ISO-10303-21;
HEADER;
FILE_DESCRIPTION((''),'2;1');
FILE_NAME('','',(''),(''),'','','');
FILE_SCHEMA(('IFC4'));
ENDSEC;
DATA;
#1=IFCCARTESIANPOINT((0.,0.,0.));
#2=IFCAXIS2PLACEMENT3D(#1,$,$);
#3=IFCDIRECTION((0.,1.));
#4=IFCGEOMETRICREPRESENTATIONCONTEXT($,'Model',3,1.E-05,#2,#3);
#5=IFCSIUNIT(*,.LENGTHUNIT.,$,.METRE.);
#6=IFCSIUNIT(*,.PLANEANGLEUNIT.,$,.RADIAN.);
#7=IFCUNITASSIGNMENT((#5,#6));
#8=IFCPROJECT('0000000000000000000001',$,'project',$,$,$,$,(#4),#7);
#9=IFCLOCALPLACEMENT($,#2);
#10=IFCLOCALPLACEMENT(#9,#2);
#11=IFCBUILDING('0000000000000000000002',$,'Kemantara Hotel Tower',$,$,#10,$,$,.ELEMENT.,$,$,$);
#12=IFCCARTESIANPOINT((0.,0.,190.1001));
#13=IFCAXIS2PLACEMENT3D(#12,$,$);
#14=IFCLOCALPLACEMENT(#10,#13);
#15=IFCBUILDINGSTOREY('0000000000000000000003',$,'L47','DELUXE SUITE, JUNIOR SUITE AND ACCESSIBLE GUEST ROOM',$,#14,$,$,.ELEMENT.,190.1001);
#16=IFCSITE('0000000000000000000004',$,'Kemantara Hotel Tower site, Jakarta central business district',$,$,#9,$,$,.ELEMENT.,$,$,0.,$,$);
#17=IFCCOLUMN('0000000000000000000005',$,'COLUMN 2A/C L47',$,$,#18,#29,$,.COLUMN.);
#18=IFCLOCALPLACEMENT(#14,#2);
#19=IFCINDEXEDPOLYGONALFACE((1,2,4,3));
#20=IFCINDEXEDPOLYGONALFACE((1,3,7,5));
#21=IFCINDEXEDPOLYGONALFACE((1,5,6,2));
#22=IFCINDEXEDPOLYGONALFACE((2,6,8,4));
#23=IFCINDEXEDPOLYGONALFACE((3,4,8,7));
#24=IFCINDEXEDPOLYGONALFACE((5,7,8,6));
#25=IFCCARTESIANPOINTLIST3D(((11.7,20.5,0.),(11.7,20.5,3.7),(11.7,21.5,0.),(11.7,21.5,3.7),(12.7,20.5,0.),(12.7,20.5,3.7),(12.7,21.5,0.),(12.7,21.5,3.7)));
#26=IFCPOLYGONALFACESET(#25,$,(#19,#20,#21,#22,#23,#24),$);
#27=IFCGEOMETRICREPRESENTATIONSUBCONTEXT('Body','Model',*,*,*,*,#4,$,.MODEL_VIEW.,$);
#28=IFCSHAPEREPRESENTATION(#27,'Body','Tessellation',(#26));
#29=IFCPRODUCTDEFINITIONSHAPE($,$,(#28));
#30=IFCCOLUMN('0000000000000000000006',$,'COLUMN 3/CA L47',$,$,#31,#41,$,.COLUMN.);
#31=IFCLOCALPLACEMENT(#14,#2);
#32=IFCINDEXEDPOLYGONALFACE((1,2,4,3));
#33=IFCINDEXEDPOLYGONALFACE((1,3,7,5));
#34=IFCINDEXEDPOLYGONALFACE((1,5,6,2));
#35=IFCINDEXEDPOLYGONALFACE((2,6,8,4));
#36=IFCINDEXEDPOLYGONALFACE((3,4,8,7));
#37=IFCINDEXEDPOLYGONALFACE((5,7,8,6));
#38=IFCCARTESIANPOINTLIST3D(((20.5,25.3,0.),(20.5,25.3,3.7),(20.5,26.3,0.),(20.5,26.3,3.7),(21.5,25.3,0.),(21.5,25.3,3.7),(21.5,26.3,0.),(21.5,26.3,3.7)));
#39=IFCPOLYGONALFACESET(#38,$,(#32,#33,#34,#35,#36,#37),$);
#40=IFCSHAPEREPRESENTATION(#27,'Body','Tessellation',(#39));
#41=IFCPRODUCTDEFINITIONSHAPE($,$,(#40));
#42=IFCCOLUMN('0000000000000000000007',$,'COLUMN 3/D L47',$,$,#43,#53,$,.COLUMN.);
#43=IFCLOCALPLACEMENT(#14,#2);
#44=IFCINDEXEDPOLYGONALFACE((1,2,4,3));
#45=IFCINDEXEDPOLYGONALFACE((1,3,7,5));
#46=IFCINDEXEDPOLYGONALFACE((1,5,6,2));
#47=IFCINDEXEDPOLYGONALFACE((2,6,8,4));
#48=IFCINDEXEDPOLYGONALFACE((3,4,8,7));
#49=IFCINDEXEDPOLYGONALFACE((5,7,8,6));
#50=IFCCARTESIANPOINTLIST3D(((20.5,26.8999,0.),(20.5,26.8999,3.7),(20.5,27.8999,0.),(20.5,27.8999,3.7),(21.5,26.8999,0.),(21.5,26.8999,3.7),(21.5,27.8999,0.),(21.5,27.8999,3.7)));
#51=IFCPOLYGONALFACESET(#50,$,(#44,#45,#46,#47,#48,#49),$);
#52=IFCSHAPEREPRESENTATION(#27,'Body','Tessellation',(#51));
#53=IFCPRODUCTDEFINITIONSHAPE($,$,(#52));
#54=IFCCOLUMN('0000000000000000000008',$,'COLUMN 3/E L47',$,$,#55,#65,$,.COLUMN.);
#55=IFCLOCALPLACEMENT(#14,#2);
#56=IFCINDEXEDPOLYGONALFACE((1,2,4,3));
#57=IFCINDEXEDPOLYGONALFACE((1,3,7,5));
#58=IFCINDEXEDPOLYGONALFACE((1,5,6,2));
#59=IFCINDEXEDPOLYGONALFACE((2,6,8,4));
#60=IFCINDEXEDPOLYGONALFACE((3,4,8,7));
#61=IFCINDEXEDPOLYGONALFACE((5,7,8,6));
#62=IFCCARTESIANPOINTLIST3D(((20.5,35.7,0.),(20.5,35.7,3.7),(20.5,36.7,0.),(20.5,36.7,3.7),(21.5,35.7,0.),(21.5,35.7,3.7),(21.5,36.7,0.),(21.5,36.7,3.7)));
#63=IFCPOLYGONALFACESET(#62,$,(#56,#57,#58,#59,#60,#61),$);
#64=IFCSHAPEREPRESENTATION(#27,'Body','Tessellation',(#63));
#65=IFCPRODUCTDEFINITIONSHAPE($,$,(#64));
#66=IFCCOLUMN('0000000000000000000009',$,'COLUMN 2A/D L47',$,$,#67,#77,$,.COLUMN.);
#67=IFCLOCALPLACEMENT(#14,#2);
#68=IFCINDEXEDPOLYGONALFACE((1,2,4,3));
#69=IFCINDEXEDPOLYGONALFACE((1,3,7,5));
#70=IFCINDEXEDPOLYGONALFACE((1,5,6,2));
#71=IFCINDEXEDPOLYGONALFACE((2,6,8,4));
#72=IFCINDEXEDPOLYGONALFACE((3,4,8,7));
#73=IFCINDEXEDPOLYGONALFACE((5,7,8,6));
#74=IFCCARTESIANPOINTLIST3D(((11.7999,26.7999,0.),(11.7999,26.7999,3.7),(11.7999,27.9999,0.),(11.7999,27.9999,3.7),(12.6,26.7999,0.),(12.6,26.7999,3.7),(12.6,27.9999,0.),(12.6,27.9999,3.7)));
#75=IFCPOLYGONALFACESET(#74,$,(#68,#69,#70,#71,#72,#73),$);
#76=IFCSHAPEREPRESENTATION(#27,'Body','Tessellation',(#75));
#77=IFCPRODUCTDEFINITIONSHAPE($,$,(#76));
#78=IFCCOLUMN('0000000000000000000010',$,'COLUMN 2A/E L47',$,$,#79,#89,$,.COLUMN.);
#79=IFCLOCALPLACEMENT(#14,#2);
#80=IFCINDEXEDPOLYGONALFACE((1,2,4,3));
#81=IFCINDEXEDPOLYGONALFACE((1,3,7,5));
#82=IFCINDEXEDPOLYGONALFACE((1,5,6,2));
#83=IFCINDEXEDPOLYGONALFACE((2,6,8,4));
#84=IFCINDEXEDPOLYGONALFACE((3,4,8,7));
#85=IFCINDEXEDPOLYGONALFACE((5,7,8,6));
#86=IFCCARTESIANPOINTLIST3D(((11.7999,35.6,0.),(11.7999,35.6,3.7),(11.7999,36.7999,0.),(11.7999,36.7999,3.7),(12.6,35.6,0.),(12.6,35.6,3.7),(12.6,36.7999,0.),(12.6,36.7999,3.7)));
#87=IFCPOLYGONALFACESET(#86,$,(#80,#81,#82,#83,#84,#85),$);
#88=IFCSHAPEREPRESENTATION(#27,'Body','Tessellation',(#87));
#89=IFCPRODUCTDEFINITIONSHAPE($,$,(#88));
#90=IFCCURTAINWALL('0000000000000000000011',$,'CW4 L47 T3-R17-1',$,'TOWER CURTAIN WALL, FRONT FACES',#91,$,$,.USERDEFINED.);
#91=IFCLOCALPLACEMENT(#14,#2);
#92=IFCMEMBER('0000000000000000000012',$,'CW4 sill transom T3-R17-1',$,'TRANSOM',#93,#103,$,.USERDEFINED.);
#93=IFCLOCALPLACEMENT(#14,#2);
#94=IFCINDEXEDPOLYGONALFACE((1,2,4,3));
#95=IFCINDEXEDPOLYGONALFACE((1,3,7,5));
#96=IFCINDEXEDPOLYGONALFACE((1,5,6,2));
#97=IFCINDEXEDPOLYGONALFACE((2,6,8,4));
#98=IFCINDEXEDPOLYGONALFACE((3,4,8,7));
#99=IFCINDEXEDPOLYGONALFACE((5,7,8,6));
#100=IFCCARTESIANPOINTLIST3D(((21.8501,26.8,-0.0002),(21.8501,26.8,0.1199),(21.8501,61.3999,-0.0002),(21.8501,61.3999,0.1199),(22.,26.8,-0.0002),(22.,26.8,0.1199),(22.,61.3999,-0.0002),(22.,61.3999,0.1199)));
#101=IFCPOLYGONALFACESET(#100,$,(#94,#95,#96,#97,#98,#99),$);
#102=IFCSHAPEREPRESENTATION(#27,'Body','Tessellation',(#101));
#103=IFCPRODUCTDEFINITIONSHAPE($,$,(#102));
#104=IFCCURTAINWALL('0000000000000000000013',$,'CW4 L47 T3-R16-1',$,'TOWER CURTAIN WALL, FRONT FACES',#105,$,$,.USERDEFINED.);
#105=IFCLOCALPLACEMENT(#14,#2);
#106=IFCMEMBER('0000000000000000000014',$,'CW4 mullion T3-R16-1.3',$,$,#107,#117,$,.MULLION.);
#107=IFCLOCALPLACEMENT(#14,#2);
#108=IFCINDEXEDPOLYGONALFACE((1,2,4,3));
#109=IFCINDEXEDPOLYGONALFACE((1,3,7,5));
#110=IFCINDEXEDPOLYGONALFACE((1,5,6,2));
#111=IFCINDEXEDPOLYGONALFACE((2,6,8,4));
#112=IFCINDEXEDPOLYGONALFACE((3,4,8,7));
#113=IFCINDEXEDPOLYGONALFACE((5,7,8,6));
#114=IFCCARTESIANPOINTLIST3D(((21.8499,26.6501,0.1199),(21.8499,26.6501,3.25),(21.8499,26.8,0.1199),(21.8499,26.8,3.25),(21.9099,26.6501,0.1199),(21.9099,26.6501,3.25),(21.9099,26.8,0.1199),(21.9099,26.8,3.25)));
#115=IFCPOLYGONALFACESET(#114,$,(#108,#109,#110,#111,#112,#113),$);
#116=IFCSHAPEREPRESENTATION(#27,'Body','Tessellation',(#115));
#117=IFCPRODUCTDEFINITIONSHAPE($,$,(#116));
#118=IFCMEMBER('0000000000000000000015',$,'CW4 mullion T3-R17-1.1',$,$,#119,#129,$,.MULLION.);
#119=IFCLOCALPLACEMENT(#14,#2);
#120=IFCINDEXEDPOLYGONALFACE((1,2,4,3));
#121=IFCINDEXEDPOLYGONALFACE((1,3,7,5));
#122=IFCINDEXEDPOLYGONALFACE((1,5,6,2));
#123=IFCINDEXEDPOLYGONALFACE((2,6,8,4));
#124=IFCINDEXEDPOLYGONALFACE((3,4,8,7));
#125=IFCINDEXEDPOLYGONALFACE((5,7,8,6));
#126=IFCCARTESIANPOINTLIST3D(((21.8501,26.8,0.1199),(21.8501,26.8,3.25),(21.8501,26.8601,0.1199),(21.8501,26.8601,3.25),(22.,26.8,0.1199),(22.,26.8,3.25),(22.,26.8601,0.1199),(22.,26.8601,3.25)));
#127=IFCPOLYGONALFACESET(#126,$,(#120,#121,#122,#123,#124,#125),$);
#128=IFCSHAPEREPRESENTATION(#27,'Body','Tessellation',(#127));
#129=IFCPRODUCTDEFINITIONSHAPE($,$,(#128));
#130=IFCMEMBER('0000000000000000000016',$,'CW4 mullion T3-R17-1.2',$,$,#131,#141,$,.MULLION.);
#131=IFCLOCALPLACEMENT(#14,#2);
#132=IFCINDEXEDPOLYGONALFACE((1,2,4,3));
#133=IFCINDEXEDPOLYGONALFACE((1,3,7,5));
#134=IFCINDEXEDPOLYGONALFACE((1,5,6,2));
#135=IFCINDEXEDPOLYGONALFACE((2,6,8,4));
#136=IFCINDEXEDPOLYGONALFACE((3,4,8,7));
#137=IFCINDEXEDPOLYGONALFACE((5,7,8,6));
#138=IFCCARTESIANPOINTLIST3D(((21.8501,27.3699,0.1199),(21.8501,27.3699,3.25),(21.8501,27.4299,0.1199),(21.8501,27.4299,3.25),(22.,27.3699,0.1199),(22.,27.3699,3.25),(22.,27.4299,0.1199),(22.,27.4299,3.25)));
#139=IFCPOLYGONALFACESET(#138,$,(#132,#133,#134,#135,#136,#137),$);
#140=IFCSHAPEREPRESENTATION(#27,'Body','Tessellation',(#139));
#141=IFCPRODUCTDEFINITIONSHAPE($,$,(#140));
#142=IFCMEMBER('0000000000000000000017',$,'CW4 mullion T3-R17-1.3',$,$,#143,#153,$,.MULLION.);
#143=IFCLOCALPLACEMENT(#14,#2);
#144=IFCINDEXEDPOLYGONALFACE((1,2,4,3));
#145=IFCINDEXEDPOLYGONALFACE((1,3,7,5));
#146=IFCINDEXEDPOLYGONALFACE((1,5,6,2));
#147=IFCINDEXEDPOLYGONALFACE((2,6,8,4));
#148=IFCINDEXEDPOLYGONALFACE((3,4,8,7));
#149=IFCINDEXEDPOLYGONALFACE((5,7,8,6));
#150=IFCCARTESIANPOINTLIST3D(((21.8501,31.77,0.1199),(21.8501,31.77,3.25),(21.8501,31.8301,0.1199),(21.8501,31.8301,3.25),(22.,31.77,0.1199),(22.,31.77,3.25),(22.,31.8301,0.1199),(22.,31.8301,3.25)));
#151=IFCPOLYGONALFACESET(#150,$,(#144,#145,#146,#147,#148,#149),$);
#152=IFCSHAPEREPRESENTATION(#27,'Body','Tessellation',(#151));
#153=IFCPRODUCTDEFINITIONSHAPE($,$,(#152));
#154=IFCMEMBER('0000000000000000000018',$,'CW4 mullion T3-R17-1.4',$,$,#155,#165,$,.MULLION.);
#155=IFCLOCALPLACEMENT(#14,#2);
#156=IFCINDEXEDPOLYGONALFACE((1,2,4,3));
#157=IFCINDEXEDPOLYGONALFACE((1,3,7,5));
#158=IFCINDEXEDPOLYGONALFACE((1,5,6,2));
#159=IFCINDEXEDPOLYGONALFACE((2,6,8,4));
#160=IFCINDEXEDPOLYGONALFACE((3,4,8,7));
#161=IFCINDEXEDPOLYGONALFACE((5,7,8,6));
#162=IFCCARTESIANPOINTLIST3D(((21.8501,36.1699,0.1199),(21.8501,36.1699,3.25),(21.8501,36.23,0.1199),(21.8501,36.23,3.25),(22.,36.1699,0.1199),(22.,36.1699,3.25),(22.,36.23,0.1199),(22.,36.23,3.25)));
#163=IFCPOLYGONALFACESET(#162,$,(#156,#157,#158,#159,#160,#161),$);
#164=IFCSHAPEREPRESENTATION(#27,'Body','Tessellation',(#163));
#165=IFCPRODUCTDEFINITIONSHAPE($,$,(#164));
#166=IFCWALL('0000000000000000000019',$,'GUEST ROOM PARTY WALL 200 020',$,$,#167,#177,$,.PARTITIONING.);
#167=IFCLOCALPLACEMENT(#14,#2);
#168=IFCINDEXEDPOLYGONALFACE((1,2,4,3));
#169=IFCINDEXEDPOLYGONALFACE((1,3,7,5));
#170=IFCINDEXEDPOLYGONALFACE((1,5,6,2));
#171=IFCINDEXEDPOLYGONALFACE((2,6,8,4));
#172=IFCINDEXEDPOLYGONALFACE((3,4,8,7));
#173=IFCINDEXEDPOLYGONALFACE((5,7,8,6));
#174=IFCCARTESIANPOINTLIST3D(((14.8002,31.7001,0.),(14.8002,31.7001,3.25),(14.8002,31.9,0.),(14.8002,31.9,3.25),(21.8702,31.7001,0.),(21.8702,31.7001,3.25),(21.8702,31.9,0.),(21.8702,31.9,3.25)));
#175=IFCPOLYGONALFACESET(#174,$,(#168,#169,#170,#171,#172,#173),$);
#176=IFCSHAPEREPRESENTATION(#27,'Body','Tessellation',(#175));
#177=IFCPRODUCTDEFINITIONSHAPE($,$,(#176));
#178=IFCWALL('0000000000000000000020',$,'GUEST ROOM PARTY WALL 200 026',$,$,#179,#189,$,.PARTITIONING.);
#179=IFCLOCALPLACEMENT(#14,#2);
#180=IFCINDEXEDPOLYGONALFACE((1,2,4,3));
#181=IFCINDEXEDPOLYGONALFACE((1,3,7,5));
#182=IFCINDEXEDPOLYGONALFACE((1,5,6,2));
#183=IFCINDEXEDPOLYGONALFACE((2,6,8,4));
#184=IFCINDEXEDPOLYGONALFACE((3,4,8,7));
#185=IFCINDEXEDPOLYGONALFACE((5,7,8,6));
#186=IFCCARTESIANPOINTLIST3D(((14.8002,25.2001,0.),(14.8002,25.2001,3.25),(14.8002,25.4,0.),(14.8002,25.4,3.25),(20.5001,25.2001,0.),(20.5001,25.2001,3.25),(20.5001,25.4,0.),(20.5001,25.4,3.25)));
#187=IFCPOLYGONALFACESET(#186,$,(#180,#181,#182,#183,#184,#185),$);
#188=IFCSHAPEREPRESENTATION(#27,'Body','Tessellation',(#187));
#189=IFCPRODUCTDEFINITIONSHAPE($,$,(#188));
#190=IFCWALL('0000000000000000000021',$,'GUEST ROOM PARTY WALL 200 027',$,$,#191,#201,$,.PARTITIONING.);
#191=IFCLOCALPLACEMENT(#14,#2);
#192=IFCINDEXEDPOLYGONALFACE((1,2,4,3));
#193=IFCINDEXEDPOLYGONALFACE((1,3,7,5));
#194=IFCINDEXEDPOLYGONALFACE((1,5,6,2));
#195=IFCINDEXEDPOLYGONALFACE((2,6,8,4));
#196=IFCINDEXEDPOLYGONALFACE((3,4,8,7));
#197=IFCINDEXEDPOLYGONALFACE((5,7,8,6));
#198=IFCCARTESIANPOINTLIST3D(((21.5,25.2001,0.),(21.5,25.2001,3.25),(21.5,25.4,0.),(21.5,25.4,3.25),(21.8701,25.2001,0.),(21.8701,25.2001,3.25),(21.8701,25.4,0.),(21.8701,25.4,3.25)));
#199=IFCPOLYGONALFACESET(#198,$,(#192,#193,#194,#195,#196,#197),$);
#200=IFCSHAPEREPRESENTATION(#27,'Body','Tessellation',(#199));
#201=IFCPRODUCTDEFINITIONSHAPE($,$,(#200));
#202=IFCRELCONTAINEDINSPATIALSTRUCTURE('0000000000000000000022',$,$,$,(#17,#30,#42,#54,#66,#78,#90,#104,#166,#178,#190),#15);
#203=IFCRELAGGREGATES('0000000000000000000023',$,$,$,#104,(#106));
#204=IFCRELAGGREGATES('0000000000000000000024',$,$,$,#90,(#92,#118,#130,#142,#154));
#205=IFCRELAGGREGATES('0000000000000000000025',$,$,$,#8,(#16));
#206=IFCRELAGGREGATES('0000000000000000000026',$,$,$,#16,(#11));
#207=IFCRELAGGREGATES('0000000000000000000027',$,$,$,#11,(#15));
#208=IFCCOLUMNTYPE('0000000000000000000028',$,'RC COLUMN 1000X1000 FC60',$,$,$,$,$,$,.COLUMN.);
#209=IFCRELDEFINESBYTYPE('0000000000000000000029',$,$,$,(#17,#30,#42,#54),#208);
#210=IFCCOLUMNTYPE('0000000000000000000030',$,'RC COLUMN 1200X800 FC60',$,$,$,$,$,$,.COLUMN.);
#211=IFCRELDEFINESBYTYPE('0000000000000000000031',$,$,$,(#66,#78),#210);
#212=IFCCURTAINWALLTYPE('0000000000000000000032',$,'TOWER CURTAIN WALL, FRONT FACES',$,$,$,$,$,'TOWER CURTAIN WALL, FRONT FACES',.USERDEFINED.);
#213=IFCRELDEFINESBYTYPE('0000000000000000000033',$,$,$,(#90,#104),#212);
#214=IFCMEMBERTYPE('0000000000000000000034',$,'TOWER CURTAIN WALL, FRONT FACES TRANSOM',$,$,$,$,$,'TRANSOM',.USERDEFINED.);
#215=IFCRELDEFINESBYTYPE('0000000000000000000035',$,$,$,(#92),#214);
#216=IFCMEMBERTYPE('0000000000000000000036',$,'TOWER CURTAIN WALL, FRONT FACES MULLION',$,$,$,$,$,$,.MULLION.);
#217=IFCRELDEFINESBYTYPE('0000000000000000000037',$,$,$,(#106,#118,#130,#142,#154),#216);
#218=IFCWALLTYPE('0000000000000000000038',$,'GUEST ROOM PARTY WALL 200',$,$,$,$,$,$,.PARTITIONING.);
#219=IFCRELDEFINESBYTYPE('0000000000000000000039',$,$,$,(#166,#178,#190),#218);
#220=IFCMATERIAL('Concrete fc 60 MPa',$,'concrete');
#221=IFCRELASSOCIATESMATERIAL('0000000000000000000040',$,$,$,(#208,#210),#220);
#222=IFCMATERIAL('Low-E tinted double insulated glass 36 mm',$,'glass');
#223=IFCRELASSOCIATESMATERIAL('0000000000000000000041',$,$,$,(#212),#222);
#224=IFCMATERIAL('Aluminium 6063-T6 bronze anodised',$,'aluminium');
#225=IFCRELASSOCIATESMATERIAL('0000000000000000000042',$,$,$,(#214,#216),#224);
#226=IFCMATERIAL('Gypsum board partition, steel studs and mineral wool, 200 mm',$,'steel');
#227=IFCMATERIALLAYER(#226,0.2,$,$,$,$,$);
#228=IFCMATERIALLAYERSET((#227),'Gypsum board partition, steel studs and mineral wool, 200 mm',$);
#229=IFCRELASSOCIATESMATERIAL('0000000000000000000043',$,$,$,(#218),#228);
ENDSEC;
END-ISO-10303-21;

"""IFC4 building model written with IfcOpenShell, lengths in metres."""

from ifc_helpers import new_model, si_unit, direction, frame, frame_2d, origin, origin_2d, place, context, subcontext, project, spatial, rectangle, extrude, source, transform, mapped, material, layer, layer_set, material_profile, profile_set, type_object, element, aggregate, save


model = new_model("IFC4")

# Units and contexts
model_context = context("Model", 3, precision=1e-05, world=origin(), true_north=direction((0.0, 1.0)))
body_context = subcontext(model_context, "Body", "Model", "MODEL_VIEW")
ifc_project = project(units=[si_unit("LENGTHUNIT", "METRE"), si_unit("PLANEANGLEUNIT", "RADIAN")], contexts=[model_context])

# Site, building, storey
site_placement = place(None, origin())
site = spatial("IfcSite", under=ifc_project, at=site_placement, Name="Kemantara Hotel Tower site, Jakarta central business district", CompositionType="ELEMENT", RefElevation=0.0)
building_placement = place(site_placement, origin())
building = spatial("IfcBuilding", under=site, at=building_placement, Name="Kemantara Hotel Tower", CompositionType="ELEMENT")
storey_placement = place(building_placement, frame((0.0, 0.0, 190.1001)))
storey = spatial("IfcBuildingStorey", under=building, at=storey_placement, Name="L47", Description="DELUXE SUITE, JUNIOR SUITE AND ACCESSIBLE GUEST ROOM", CompositionType="ELEMENT", Elevation=190.1001)

# Columns
ifc_material_1 = material(Name="Concrete fc 60 MPa", Category="concrete")
ifc_material_profile_1 = material_profile(ifc_material_1, rectangle(XDim=1.0, YDim=1.0, at=origin_2d()), Name="RC 1000X1000")
ifc_profile_set_1 = profile_set([ifc_material_profile_1], Name="Concrete fc 60 MPa")
column_type_1 = type_object("IfcColumnType", Name="RC COLUMN 1000X1000 FC60", PredefinedType="COLUMN", material=ifc_profile_set_1)
for number, where, z_axis, x_axis, name in (
    (1, (12.2, 21.0, 0.0), (0.0, 0.0, 1.0), (1.0, 0.0, 0.0), "COLUMN 2A/C L47"),
    (2, (21.0, 25.8, 0.0), (0.0, 0.0, 1.0), (1.0, 0.0, 0.0), "COLUMN 3/CA L47"),
    (3, (21.0, 27.3999, 0.0), (0.0, 0.0, 1.0), (1.0, 0.0, 0.0), "COLUMN 3/D L47"),
    (4, (21.0, 36.2, 0.0), (0.0, 0.0, 1.0), (1.0, 0.0, 0.0), "COLUMN 3/E L47"),
):
    element("IfcColumn", number, at=place(storey_placement, frame(where, z_axis=z_axis, x_axis=x_axis)), inside=storey, type_object=column_type_1, Name=name, PredefinedType="COLUMN", context=body_context, shape_type="SweptSolid", body=[
        extrude(rectangle(XDim=1.0, YDim=1.0, at=origin_2d()), origin(), (0.0, 0.0, 1.0), 3.7),
    ])
ifc_material_profile_2 = material_profile(ifc_material_1, rectangle(XDim=1.2, YDim=0.8, at=origin_2d()), Name="RC 1200X800")
ifc_profile_set_2 = profile_set([ifc_material_profile_2], Name="Concrete fc 60 MPa")
column_type_2 = type_object("IfcColumnType", Name="RC COLUMN 1200X800 FC60", PredefinedType="COLUMN", material=ifc_profile_set_2)
for number, where, z_axis, x_axis, name in (
    (5, (12.2, 27.3999, 0.0), (0.0, 0.0, 1.0), (0.0, 1.0, 0.0), "COLUMN 2A/D L47"),
    (6, (12.2, 36.2, 0.0), (0.0, 0.0, 1.0), (0.0, 1.0, 0.0), "COLUMN 2A/E L47"),
):
    element("IfcColumn", number, at=place(storey_placement, frame(where, z_axis=z_axis, x_axis=x_axis)), inside=storey, type_object=column_type_2, Name=name, PredefinedType="COLUMN", context=body_context, shape_type="SweptSolid", body=[
        extrude(rectangle(XDim=1.2, YDim=0.8, at=origin_2d()), origin(), (0.0, 0.0, 1.0), 3.7),
    ])

# Curtain walls, members
ifc_material_2 = material(Name="Low-E tinted double insulated glass 36 mm", Category="glass")
curtain_wall_type = type_object("IfcCurtainWallType", Name="TOWER CURTAIN WALL, FRONT FACES", ElementType="TOWER CURTAIN WALL, FRONT FACES", PredefinedType="USERDEFINED", material=ifc_material_2)
curtain_wall_1_placement = place(storey_placement, origin())
curtain_wall_1 = element("IfcCurtainWall", 7, at=curtain_wall_1_placement, inside=storey, type_object=curtain_wall_type, Name="CW4 L47 T3-R17-1", ObjectType="TOWER CURTAIN WALL, FRONT FACES", PredefinedType="USERDEFINED")
ifc_material_3 = material(Name="Aluminium 6063-T6 bronze anodised", Category="aluminium")
ifc_material_profile_3 = material_profile(ifc_material_3, rectangle(XDim=0.1499, YDim=0.1201, at=origin_2d()), Name="TOWER CURTAIN WALL, FRONT FACES TRANSOM")
ifc_profile_set_3 = profile_set([ifc_material_profile_3], Name="Aluminium 6063-T6 bronze anodised")
member_type_1 = type_object("IfcMemberType", Name="TOWER CURTAIN WALL, FRONT FACES TRANSOM", ElementType="TRANSOM", PredefinedType="USERDEFINED", material=ifc_profile_set_3)
member_1_placement = place(storey_placement, frame((21.925, 26.8, 0.0598), z_axis=(0.0, 1.0, 0.0), x_axis=(-1.0, 0.0, 0.0)))
member_1 = element("IfcMember", 8, at=member_1_placement, type_object=member_type_1, Name="CW4 sill transom T3-R17-1", ObjectType="TRANSOM", PredefinedType="USERDEFINED", context=body_context, shape_type="SweptSolid", body=[
    extrude(rectangle(XDim=0.1499, YDim=0.1201, at=origin_2d()), origin(), (0.0, 0.0, 1.0), 34.5999),
])
curtain_wall_2_placement = place(storey_placement, origin())
curtain_wall_2 = element("IfcCurtainWall", 9, at=curtain_wall_2_placement, inside=storey, type_object=curtain_wall_type, Name="CW4 L47 T3-R16-1", ObjectType="TOWER CURTAIN WALL, FRONT FACES", PredefinedType="USERDEFINED")
ifc_material_profile_4 = material_profile(ifc_material_3, rectangle(XDim=0.1499, YDim=0.0601, at=origin_2d()), Name="TOWER CURTAIN WALL, FRONT FACES MULLION")
ifc_profile_set_4 = profile_set([ifc_material_profile_4], Name="Aluminium 6063-T6 bronze anodised")
member_type_2 = type_object("IfcMemberType", Name="TOWER CURTAIN WALL, FRONT FACES MULLION", PredefinedType="MULLION", material=ifc_profile_set_4)
shared_shape = source(origin(), body_context, "Body", "SweptSolid", [
    extrude(rectangle(XDim=0.1499, YDim=0.0601, at=origin_2d()), origin(), (0.0, 0.0, 1.0), 3.1301),
])
member_2_placement = place(storey_placement, frame((21.8799, 26.7251, 0.1199), z_axis=(0.0, 0.0, 1.0), x_axis=(0.0, -1.0, 0.0)))
member_2 = element("IfcMember", 10, at=member_2_placement, type_object=member_type_2, Name="CW4 mullion T3-R16-1.3", PredefinedType="MULLION", context=body_context, shape_type="MappedRepresentation", body=[
    mapped(shared_shape, transform((0.0, 0.0, 0.0))),
])
aggregate(curtain_wall_2, [member_2])

# Members
member_3_placement = place(storey_placement, frame((21.925, 26.8301, 0.1199), z_axis=(0.0, 0.0, 1.0), x_axis=(-1.0, 0.0, 0.0)))
member_3 = element("IfcMember", 11, at=member_3_placement, type_object=member_type_2, Name="CW4 mullion T3-R17-1.1", PredefinedType="MULLION", context=body_context, shape_type="MappedRepresentation", body=[
    mapped(shared_shape, transform((0.0, 0.0, 0.0))),
])
member_4_placement = place(storey_placement, frame((21.925, 27.3999, 0.1199), z_axis=(0.0, 0.0, 1.0), x_axis=(-1.0, 0.0, 0.0)))
member_4 = element("IfcMember", 12, at=member_4_placement, type_object=member_type_2, Name="CW4 mullion T3-R17-1.2", PredefinedType="MULLION", context=body_context, shape_type="MappedRepresentation", body=[
    mapped(shared_shape, transform((0.0, 0.0, 0.0))),
])
member_5_placement = place(storey_placement, frame((21.925, 31.8, 0.1199), z_axis=(0.0, 0.0, 1.0), x_axis=(-1.0, 0.0, 0.0)))
member_5 = element("IfcMember", 13, at=member_5_placement, type_object=member_type_2, Name="CW4 mullion T3-R17-1.3", PredefinedType="MULLION", context=body_context, shape_type="MappedRepresentation", body=[
    mapped(shared_shape, transform((0.0, 0.0, 0.0))),
])
member_6_placement = place(storey_placement, frame((21.925, 36.2, 0.1199), z_axis=(0.0, 0.0, 1.0), x_axis=(-1.0, 0.0, 0.0)))
member_6 = element("IfcMember", 14, at=member_6_placement, type_object=member_type_2, Name="CW4 mullion T3-R17-1.4", PredefinedType="MULLION", context=body_context, shape_type="MappedRepresentation", body=[
    mapped(shared_shape, transform((0.0, 0.0, 0.0))),
])
aggregate(curtain_wall_1, [member_1, member_3, member_4, member_5, member_6])

# Walls
ifc_material_4 = material(Name="Gypsum board partition, steel studs and mineral wool, 200 mm", Category="steel")
ifc_layer_1 = layer(ifc_material_4, 0.2)
ifc_layer_set_1 = layer_set([ifc_layer_1], Name="Gypsum board partition, steel studs and mineral wool, 200 mm")
wall_type_1 = type_object("IfcWallType", Name="GUEST ROOM PARTY WALL 200", PredefinedType="PARTITIONING", material=ifc_layer_set_1)
wall_1_placement = place(storey_placement, frame((14.8, 31.8, 0.0), z_axis=(0.0, 0.0, 1.0), x_axis=(1.0, 0.0, 0.0)))
element("IfcWall", 15, at=wall_1_placement, inside=storey, type_object=wall_type_1, Name="GUEST ROOM PARTY WALL 200 020", PredefinedType="PARTITIONING", context=body_context, shape_type="SweptSolid", body=[
    extrude(rectangle(XDim=7.0701, YDim=0.2, at=frame_2d((3.5352, 0.0))), origin(), (0.0, 0.0, 1.0), 3.25),
])
wall_2_placement = place(storey_placement, frame((14.8, 25.3, 0.0), z_axis=(0.0, 0.0, 1.0), x_axis=(1.0, 0.0, 0.0)))
element("IfcWall", 16, at=wall_2_placement, inside=storey, type_object=wall_type_1, Name="GUEST ROOM PARTY WALL 200 026", PredefinedType="PARTITIONING", context=body_context, shape_type="SweptSolid", body=[
    extrude(rectangle(XDim=5.7, YDim=0.2, at=frame_2d((2.8501, 0.0))), origin(), (0.0, 0.0, 1.0), 3.25),
])
wall_3_placement = place(storey_placement, frame((21.5, 25.3, 0.0), z_axis=(0.0, 0.0, 1.0), x_axis=(1.0, 0.0, 0.0)))
element("IfcWall", 17, at=wall_3_placement, inside=storey, type_object=wall_type_1, Name="GUEST ROOM PARTY WALL 200 027", PredefinedType="PARTITIONING", context=body_context, shape_type="SweptSolid", body=[
    extrude(rectangle(XDim=0.3701, YDim=0.2, at=frame_2d((0.1851, 0.0))), origin(), (0.0, 0.0, 1.0), 3.25),
])

save(model, "model.ifc")
